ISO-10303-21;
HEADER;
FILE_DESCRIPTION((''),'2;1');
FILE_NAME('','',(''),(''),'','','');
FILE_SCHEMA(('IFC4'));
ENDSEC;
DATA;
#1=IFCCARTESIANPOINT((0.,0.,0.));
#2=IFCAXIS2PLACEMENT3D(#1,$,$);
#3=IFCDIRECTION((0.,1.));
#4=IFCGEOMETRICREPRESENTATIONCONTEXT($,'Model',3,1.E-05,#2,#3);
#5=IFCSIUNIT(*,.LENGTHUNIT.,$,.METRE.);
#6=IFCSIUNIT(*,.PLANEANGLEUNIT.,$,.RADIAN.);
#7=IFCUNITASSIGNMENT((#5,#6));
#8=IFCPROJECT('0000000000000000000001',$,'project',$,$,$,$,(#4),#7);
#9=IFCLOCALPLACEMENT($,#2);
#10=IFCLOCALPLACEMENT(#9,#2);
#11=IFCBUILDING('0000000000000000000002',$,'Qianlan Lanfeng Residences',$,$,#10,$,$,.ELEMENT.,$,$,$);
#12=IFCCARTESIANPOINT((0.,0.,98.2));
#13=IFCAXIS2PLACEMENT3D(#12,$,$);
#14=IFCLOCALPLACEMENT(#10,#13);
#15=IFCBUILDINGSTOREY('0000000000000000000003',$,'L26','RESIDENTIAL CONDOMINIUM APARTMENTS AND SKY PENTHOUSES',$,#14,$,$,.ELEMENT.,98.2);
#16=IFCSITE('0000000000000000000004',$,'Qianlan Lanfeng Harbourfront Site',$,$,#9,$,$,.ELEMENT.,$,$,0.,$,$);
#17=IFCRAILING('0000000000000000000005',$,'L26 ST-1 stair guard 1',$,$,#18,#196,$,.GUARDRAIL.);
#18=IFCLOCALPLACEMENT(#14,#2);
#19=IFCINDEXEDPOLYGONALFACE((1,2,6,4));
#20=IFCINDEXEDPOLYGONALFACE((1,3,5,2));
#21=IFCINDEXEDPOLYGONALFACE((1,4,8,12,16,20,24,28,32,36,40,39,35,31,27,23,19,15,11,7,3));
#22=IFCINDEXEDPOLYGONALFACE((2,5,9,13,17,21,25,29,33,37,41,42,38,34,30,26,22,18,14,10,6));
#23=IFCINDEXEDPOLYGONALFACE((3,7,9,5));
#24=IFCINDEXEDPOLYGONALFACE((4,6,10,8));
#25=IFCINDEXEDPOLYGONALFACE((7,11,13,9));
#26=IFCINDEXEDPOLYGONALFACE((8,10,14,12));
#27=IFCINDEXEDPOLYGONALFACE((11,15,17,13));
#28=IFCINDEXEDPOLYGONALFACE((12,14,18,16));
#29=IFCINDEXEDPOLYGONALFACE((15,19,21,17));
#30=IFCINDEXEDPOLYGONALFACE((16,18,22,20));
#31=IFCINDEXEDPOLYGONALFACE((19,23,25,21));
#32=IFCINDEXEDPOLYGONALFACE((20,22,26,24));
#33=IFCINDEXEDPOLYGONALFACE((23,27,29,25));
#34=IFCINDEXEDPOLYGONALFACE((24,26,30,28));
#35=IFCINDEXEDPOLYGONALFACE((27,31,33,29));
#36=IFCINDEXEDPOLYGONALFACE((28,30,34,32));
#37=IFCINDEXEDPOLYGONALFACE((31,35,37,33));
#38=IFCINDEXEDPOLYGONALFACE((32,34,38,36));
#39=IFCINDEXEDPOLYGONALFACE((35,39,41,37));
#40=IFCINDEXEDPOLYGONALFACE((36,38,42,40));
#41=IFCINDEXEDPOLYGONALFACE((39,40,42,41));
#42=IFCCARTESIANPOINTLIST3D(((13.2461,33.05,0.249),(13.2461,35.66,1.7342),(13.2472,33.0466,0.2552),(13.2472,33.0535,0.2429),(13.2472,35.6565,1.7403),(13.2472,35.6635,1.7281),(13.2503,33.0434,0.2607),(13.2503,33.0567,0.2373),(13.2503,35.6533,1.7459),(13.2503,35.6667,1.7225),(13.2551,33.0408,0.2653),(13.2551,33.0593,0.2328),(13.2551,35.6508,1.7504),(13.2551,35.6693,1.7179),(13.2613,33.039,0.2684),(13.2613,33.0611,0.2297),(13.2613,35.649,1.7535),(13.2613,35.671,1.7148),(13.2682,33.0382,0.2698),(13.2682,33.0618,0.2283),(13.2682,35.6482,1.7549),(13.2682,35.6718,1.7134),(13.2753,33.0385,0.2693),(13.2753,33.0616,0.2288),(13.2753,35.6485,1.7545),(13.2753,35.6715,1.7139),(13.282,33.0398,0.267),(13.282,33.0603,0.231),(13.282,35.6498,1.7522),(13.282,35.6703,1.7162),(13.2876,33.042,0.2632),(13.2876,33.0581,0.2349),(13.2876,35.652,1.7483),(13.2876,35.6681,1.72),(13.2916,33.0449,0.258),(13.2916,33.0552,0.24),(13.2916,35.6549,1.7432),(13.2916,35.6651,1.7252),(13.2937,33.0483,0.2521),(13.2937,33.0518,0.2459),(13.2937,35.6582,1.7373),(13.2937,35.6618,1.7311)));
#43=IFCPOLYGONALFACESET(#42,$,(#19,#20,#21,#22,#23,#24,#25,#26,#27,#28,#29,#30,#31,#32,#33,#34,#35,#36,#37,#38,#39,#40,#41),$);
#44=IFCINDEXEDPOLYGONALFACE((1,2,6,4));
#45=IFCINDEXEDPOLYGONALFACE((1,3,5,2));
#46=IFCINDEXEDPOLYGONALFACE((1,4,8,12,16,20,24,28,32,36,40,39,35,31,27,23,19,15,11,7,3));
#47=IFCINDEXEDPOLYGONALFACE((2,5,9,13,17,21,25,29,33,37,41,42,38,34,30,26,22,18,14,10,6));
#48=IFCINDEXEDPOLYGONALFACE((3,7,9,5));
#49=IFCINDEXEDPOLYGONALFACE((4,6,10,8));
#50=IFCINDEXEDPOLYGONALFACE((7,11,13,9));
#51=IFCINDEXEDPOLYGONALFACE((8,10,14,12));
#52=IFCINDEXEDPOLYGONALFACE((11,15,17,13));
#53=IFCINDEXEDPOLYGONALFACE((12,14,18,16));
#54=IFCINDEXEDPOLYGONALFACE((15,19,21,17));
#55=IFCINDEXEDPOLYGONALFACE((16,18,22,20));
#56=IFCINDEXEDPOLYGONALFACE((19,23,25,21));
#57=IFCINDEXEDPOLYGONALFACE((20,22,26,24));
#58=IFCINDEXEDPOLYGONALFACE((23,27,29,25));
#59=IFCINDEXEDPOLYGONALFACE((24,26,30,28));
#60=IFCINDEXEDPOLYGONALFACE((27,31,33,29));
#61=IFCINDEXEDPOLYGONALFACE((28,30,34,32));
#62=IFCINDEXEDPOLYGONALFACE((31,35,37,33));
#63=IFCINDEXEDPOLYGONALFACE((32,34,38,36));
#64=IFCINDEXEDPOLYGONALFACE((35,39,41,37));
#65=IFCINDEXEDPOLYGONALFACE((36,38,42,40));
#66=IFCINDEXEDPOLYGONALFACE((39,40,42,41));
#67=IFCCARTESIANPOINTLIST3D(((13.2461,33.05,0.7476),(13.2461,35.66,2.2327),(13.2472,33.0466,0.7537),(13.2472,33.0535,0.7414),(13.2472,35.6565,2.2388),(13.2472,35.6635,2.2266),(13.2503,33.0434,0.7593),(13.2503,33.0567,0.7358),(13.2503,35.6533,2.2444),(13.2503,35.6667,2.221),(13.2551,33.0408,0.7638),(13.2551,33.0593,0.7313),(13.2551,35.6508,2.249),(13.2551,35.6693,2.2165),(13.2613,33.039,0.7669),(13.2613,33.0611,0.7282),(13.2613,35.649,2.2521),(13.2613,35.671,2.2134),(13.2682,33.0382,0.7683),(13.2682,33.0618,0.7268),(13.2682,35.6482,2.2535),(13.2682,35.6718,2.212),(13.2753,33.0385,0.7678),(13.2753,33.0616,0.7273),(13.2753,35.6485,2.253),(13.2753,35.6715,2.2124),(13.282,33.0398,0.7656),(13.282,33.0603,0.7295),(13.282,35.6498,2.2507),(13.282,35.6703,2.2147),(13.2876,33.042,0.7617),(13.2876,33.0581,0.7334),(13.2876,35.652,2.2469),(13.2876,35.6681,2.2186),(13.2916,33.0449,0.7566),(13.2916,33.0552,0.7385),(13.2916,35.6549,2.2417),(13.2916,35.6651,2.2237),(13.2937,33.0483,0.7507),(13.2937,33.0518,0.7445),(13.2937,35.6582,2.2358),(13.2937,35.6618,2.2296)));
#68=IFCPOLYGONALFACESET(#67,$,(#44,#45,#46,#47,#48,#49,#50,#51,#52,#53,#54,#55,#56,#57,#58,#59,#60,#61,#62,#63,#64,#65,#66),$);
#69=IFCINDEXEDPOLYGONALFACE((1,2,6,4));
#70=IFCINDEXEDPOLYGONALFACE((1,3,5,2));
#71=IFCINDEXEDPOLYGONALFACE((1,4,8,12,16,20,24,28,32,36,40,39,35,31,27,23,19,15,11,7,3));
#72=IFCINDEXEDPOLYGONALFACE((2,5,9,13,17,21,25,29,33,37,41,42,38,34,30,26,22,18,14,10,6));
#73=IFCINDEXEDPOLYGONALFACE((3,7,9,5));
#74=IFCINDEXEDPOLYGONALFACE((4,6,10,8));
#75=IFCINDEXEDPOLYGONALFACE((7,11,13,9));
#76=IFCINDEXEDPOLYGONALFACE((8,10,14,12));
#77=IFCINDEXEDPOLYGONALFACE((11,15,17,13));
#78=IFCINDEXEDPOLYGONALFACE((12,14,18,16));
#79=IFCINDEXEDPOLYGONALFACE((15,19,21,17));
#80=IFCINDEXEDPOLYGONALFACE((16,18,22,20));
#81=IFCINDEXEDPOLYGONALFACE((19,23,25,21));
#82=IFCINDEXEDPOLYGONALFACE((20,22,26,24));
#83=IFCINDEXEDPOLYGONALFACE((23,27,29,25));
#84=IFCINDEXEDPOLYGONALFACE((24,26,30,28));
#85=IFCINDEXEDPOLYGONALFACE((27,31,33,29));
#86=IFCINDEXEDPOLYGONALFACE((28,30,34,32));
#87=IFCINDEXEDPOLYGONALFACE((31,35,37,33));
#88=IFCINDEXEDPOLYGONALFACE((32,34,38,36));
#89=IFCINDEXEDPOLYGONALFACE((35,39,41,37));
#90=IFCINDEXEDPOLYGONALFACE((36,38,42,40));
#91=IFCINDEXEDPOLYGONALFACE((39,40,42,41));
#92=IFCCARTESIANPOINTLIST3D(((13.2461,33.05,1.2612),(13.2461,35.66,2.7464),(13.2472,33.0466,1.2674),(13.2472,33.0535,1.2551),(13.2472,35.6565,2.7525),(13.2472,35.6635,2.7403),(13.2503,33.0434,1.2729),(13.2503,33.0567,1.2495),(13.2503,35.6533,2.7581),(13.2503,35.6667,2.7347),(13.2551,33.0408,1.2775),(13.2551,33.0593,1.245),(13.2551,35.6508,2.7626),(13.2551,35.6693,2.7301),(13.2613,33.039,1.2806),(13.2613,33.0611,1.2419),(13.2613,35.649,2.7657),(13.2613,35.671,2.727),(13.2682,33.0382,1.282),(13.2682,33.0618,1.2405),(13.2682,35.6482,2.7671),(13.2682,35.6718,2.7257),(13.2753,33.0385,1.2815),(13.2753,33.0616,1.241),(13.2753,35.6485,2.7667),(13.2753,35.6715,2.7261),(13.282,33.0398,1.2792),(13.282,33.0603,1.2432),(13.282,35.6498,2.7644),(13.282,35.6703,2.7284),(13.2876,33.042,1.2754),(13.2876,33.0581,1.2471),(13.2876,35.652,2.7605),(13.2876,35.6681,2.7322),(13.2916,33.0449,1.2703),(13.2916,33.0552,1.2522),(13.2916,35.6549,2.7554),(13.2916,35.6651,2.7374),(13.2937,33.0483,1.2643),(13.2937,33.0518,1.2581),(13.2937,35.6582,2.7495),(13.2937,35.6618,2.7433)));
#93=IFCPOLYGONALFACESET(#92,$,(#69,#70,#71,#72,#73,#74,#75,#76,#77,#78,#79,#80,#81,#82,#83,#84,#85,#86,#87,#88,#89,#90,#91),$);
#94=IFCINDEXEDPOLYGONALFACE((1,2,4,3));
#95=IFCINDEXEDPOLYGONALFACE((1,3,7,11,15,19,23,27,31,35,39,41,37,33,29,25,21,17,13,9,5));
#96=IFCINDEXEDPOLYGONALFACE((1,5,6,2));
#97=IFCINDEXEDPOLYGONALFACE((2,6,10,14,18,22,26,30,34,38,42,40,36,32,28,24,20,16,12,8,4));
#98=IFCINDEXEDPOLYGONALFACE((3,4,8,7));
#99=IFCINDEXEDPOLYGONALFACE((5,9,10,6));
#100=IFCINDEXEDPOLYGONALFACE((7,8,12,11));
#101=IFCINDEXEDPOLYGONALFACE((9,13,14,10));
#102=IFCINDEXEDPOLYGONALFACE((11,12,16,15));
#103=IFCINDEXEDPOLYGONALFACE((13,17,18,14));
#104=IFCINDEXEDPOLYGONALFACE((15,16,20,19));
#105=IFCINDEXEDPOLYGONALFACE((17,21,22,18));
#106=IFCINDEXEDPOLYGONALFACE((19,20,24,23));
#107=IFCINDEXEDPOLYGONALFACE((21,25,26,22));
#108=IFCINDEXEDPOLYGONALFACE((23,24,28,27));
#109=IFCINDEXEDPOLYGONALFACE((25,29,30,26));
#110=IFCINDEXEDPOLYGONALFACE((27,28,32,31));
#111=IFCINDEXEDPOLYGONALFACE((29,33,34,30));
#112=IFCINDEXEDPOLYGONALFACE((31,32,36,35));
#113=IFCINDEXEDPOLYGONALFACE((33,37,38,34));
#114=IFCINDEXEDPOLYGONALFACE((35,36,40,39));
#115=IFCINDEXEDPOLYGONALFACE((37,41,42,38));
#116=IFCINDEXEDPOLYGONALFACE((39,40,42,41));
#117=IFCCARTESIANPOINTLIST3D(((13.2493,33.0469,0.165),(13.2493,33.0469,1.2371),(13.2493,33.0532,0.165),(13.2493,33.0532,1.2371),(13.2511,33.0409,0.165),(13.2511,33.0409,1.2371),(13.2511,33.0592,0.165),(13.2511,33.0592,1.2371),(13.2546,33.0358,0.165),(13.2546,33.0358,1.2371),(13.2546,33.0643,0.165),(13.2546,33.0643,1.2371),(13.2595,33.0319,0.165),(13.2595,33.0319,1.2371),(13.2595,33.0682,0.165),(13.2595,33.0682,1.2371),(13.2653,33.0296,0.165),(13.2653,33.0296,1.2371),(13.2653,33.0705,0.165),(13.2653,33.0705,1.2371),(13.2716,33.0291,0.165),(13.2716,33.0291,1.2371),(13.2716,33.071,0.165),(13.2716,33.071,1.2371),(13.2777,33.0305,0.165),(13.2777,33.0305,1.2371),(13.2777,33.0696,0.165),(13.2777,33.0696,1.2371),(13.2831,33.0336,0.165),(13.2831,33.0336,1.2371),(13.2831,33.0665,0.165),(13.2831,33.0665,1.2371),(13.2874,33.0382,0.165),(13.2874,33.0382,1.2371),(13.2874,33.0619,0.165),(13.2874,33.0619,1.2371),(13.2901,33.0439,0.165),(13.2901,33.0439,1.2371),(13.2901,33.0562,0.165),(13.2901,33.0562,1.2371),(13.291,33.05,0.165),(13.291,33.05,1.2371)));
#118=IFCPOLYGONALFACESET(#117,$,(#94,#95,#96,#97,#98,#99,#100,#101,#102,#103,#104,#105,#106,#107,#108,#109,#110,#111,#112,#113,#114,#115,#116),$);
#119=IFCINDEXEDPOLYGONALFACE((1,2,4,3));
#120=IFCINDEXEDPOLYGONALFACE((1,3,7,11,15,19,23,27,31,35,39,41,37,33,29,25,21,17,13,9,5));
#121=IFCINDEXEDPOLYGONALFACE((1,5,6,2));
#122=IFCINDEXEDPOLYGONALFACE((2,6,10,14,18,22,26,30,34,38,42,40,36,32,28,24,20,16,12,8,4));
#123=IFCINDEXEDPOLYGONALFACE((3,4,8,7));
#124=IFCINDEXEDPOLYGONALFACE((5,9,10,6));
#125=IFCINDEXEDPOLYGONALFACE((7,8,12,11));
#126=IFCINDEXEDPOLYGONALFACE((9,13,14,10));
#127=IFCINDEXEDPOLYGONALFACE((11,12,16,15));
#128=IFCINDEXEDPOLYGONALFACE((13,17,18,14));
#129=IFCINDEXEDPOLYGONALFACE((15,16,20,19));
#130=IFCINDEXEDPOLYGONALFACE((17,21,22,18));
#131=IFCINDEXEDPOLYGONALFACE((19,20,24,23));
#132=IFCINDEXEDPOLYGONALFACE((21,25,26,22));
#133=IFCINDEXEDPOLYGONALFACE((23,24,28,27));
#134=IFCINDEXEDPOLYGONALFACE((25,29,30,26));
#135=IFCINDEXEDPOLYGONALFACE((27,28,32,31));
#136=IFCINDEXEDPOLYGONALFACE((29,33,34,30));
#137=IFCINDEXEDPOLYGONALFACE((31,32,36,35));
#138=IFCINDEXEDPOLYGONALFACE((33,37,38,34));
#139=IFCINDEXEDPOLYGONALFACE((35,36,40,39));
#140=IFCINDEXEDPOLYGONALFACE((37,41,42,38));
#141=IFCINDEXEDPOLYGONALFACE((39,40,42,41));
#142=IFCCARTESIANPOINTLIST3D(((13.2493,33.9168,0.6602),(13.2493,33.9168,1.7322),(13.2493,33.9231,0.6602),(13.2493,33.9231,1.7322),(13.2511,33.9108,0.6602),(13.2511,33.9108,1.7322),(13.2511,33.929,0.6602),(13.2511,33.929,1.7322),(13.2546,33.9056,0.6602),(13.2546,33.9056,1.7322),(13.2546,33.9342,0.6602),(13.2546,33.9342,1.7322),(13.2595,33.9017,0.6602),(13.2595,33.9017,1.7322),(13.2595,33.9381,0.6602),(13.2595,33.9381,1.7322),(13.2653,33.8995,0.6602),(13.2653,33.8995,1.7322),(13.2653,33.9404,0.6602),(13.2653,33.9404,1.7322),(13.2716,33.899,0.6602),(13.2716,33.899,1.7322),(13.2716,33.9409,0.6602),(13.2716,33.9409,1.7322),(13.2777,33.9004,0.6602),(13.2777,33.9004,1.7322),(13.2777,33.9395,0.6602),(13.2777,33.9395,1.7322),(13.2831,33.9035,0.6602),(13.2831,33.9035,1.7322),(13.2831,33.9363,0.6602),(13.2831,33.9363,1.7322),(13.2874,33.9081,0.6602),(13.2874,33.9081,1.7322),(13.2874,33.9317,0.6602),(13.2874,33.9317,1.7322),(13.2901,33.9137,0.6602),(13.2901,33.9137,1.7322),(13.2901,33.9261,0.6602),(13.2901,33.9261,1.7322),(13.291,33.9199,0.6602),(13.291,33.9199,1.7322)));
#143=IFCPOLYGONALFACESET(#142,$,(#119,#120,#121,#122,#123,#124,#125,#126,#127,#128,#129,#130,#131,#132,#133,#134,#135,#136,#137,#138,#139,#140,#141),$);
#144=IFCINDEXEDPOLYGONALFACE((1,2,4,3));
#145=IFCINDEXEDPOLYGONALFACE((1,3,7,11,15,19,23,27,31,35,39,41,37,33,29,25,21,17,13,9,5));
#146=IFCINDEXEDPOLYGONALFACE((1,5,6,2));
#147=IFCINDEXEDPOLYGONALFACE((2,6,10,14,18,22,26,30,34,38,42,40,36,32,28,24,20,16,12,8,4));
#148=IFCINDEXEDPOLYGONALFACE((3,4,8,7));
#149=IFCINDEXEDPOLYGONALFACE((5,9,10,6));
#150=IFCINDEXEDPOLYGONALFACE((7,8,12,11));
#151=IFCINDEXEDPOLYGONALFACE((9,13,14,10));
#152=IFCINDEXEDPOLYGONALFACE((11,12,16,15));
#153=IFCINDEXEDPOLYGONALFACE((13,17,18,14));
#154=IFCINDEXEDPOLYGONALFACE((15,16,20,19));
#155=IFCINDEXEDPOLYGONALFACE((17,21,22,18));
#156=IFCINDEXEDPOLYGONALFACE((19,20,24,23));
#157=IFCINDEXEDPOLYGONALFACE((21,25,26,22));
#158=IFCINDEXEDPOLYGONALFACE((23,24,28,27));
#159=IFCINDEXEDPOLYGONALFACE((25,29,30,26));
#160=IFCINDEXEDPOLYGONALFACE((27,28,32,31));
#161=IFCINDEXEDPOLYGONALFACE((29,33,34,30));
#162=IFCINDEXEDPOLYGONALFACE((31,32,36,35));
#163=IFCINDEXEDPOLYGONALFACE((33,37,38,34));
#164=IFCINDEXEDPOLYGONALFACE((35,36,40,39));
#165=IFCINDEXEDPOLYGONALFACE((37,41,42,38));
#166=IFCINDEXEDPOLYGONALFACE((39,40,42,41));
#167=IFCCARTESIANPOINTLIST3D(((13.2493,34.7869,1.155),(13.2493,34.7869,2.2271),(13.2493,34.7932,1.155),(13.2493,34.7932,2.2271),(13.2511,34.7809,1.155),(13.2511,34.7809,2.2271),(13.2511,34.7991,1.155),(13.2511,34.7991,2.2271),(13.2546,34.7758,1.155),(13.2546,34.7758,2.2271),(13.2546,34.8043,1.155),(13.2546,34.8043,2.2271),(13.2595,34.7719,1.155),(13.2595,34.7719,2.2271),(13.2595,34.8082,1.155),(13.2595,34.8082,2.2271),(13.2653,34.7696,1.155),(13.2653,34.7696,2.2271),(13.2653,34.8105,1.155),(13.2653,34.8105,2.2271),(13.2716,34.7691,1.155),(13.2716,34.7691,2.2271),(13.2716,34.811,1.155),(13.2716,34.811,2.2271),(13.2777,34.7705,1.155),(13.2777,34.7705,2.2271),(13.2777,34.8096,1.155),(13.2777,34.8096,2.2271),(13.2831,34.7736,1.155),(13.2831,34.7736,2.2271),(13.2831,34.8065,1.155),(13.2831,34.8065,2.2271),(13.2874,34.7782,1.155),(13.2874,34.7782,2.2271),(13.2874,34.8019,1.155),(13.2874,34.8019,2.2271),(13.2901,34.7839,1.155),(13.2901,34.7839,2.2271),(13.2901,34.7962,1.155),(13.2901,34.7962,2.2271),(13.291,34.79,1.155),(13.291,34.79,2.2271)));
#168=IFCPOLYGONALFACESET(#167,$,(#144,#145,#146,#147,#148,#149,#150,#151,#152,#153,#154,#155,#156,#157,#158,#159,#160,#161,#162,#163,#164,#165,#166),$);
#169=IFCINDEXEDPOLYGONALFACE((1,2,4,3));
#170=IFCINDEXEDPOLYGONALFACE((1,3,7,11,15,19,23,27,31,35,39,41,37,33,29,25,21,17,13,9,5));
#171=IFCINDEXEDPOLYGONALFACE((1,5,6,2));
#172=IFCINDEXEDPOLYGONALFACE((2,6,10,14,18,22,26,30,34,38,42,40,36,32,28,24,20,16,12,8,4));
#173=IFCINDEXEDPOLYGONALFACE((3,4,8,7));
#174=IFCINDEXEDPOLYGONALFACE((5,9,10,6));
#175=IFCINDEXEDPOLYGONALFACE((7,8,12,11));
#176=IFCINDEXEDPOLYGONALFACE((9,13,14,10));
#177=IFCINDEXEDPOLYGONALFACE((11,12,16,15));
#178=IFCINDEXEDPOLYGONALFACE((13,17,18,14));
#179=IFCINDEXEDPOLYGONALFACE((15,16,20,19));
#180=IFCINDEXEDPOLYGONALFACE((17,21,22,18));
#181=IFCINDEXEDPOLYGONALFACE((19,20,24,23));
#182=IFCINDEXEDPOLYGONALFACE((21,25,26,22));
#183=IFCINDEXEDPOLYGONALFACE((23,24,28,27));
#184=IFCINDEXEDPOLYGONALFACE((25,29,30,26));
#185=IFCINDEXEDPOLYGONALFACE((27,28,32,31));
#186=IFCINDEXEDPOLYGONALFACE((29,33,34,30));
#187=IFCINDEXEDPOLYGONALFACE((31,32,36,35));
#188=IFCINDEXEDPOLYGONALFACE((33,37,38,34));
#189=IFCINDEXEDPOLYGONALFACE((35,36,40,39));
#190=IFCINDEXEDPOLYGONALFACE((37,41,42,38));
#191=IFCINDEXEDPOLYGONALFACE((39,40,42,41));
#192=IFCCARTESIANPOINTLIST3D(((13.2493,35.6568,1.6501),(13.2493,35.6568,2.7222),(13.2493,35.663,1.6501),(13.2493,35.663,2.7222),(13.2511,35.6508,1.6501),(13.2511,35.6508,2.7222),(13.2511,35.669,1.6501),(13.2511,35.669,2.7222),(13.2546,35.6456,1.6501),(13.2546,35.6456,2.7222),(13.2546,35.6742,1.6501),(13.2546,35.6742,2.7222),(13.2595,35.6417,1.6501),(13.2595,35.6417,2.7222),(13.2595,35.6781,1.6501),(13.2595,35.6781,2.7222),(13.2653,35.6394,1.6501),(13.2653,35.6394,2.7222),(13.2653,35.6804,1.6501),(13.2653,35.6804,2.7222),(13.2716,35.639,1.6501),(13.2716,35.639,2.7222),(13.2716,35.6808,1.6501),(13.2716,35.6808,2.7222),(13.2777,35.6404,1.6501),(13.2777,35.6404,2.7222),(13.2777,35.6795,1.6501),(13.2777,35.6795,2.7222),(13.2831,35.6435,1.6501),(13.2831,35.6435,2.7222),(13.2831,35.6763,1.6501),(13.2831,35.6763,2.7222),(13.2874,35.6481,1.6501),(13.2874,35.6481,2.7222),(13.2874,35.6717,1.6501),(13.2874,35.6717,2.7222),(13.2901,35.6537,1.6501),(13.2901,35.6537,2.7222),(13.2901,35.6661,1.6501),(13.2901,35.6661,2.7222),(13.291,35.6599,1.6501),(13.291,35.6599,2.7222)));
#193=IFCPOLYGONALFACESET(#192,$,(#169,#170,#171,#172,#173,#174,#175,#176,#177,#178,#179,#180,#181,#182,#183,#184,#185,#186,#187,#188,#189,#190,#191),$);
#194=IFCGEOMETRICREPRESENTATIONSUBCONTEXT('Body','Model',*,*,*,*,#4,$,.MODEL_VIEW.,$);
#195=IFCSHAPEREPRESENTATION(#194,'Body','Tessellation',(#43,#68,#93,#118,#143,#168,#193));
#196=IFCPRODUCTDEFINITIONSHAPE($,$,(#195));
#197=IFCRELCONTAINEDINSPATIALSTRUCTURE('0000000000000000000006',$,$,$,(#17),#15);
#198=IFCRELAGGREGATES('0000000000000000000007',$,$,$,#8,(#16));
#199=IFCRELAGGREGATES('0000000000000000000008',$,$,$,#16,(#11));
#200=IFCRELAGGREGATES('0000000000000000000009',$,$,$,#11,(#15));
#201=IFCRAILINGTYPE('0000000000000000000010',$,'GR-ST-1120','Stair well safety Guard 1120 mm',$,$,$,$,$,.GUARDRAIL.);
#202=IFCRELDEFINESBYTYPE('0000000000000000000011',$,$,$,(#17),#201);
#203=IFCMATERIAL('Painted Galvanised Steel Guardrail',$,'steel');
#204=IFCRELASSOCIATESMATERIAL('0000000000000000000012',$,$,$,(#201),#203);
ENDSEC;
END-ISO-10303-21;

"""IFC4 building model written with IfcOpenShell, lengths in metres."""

from ifc_helpers import new_model, si_unit, direction, frame, origin, origin_2d, place, context, subcontext, project, spatial, circle, extrude, material, type_object, element, save


model = new_model("IFC4")

# Units and contexts
model_context = context("Model", 3, precision=1e-05, world=origin(), true_north=direction((0.0, 1.0)))
body_context = subcontext(model_context, "Body", "Model", "MODEL_VIEW")
ifc_project = project(units=[si_unit("LENGTHUNIT", "METRE"), si_unit("PLANEANGLEUNIT", "RADIAN")], contexts=[model_context])

# Site, building, storey
site_placement = place(None, origin())
site = spatial("IfcSite", under=ifc_project, at=site_placement, Name="Qianlan Lanfeng Harbourfront Site", CompositionType="ELEMENT", RefElevation=0.0)
building_placement = place(site_placement, origin())
building = spatial("IfcBuilding", under=site, at=building_placement, Name="Qianlan Lanfeng Residences", CompositionType="ELEMENT")
storey_placement = place(building_placement, frame((0.0, 0.0, 98.2)))
storey = spatial("IfcBuildingStorey", under=building, at=storey_placement, Name="L26", Description="RESIDENTIAL CONDOMINIUM APARTMENTS AND SKY PENTHOUSES", CompositionType="ELEMENT", Elevation=98.2)

# Railing
ifc_material_1 = material(Name="Painted Galvanised Steel Guardrail", Category="steel")
railing_type_1 = type_object("IfcRailingType", Name="GR-ST-1120", Description="Stair well safety Guard 1120 mm", PredefinedType="GUARDRAIL", material=ifc_material_1)
railing_1_placement = place(storey_placement, frame((13.27, 33.05, 0.165)))
element("IfcRailing", 1, at=railing_1_placement, inside=storey, type_object=railing_type_1, Name="L26 ST-1 stair guard 1", PredefinedType="GUARDRAIL", context=body_context, shape_type="SweptSolid", body=[
    extrude(circle(Radius=0.0239, at=origin_2d()), frame((0.0, 0.0, 0.084), z_axis=(0.0, 0.869137, 0.494571), x_axis=(-1.0, 0.0, 0.0)), (0.0, 0.0, 1.0), 3.0029),
    extrude(circle(Radius=0.0239, at=origin_2d()), frame((0.0, 0.0, 0.5825), z_axis=(0.0, 0.869137, 0.494571), x_axis=(-1.0, 0.0, 0.0)), (0.0, 0.0, 1.0), 3.0029),
    extrude(circle(Radius=0.0239, at=origin_2d()), frame((0.0, 0.0, 1.0962), z_axis=(0.0, 0.869137, 0.494571), x_axis=(-1.0, 0.0, 0.0)), (0.0, 0.0, 1.0), 3.0029),
    extrude(circle(Radius=0.021, at=origin_2d()), origin(), (0.0, 0.0, 1.0), 1.072),
    extrude(circle(Radius=0.021, at=origin_2d()), frame((0.0, 0.8699, 0.4951)), (0.0, 0.0, 1.0), 1.072),
    extrude(circle(Radius=0.021, at=origin_2d()), frame((0.0, 1.74, 0.99)), (0.0, 0.0, 1.0), 1.072),
    extrude(circle(Radius=0.021, at=origin_2d()), frame((0.0, 2.6099, 1.4851)), (0.0, 0.0, 1.0), 1.072),
])

save(model, "model.ifc")
